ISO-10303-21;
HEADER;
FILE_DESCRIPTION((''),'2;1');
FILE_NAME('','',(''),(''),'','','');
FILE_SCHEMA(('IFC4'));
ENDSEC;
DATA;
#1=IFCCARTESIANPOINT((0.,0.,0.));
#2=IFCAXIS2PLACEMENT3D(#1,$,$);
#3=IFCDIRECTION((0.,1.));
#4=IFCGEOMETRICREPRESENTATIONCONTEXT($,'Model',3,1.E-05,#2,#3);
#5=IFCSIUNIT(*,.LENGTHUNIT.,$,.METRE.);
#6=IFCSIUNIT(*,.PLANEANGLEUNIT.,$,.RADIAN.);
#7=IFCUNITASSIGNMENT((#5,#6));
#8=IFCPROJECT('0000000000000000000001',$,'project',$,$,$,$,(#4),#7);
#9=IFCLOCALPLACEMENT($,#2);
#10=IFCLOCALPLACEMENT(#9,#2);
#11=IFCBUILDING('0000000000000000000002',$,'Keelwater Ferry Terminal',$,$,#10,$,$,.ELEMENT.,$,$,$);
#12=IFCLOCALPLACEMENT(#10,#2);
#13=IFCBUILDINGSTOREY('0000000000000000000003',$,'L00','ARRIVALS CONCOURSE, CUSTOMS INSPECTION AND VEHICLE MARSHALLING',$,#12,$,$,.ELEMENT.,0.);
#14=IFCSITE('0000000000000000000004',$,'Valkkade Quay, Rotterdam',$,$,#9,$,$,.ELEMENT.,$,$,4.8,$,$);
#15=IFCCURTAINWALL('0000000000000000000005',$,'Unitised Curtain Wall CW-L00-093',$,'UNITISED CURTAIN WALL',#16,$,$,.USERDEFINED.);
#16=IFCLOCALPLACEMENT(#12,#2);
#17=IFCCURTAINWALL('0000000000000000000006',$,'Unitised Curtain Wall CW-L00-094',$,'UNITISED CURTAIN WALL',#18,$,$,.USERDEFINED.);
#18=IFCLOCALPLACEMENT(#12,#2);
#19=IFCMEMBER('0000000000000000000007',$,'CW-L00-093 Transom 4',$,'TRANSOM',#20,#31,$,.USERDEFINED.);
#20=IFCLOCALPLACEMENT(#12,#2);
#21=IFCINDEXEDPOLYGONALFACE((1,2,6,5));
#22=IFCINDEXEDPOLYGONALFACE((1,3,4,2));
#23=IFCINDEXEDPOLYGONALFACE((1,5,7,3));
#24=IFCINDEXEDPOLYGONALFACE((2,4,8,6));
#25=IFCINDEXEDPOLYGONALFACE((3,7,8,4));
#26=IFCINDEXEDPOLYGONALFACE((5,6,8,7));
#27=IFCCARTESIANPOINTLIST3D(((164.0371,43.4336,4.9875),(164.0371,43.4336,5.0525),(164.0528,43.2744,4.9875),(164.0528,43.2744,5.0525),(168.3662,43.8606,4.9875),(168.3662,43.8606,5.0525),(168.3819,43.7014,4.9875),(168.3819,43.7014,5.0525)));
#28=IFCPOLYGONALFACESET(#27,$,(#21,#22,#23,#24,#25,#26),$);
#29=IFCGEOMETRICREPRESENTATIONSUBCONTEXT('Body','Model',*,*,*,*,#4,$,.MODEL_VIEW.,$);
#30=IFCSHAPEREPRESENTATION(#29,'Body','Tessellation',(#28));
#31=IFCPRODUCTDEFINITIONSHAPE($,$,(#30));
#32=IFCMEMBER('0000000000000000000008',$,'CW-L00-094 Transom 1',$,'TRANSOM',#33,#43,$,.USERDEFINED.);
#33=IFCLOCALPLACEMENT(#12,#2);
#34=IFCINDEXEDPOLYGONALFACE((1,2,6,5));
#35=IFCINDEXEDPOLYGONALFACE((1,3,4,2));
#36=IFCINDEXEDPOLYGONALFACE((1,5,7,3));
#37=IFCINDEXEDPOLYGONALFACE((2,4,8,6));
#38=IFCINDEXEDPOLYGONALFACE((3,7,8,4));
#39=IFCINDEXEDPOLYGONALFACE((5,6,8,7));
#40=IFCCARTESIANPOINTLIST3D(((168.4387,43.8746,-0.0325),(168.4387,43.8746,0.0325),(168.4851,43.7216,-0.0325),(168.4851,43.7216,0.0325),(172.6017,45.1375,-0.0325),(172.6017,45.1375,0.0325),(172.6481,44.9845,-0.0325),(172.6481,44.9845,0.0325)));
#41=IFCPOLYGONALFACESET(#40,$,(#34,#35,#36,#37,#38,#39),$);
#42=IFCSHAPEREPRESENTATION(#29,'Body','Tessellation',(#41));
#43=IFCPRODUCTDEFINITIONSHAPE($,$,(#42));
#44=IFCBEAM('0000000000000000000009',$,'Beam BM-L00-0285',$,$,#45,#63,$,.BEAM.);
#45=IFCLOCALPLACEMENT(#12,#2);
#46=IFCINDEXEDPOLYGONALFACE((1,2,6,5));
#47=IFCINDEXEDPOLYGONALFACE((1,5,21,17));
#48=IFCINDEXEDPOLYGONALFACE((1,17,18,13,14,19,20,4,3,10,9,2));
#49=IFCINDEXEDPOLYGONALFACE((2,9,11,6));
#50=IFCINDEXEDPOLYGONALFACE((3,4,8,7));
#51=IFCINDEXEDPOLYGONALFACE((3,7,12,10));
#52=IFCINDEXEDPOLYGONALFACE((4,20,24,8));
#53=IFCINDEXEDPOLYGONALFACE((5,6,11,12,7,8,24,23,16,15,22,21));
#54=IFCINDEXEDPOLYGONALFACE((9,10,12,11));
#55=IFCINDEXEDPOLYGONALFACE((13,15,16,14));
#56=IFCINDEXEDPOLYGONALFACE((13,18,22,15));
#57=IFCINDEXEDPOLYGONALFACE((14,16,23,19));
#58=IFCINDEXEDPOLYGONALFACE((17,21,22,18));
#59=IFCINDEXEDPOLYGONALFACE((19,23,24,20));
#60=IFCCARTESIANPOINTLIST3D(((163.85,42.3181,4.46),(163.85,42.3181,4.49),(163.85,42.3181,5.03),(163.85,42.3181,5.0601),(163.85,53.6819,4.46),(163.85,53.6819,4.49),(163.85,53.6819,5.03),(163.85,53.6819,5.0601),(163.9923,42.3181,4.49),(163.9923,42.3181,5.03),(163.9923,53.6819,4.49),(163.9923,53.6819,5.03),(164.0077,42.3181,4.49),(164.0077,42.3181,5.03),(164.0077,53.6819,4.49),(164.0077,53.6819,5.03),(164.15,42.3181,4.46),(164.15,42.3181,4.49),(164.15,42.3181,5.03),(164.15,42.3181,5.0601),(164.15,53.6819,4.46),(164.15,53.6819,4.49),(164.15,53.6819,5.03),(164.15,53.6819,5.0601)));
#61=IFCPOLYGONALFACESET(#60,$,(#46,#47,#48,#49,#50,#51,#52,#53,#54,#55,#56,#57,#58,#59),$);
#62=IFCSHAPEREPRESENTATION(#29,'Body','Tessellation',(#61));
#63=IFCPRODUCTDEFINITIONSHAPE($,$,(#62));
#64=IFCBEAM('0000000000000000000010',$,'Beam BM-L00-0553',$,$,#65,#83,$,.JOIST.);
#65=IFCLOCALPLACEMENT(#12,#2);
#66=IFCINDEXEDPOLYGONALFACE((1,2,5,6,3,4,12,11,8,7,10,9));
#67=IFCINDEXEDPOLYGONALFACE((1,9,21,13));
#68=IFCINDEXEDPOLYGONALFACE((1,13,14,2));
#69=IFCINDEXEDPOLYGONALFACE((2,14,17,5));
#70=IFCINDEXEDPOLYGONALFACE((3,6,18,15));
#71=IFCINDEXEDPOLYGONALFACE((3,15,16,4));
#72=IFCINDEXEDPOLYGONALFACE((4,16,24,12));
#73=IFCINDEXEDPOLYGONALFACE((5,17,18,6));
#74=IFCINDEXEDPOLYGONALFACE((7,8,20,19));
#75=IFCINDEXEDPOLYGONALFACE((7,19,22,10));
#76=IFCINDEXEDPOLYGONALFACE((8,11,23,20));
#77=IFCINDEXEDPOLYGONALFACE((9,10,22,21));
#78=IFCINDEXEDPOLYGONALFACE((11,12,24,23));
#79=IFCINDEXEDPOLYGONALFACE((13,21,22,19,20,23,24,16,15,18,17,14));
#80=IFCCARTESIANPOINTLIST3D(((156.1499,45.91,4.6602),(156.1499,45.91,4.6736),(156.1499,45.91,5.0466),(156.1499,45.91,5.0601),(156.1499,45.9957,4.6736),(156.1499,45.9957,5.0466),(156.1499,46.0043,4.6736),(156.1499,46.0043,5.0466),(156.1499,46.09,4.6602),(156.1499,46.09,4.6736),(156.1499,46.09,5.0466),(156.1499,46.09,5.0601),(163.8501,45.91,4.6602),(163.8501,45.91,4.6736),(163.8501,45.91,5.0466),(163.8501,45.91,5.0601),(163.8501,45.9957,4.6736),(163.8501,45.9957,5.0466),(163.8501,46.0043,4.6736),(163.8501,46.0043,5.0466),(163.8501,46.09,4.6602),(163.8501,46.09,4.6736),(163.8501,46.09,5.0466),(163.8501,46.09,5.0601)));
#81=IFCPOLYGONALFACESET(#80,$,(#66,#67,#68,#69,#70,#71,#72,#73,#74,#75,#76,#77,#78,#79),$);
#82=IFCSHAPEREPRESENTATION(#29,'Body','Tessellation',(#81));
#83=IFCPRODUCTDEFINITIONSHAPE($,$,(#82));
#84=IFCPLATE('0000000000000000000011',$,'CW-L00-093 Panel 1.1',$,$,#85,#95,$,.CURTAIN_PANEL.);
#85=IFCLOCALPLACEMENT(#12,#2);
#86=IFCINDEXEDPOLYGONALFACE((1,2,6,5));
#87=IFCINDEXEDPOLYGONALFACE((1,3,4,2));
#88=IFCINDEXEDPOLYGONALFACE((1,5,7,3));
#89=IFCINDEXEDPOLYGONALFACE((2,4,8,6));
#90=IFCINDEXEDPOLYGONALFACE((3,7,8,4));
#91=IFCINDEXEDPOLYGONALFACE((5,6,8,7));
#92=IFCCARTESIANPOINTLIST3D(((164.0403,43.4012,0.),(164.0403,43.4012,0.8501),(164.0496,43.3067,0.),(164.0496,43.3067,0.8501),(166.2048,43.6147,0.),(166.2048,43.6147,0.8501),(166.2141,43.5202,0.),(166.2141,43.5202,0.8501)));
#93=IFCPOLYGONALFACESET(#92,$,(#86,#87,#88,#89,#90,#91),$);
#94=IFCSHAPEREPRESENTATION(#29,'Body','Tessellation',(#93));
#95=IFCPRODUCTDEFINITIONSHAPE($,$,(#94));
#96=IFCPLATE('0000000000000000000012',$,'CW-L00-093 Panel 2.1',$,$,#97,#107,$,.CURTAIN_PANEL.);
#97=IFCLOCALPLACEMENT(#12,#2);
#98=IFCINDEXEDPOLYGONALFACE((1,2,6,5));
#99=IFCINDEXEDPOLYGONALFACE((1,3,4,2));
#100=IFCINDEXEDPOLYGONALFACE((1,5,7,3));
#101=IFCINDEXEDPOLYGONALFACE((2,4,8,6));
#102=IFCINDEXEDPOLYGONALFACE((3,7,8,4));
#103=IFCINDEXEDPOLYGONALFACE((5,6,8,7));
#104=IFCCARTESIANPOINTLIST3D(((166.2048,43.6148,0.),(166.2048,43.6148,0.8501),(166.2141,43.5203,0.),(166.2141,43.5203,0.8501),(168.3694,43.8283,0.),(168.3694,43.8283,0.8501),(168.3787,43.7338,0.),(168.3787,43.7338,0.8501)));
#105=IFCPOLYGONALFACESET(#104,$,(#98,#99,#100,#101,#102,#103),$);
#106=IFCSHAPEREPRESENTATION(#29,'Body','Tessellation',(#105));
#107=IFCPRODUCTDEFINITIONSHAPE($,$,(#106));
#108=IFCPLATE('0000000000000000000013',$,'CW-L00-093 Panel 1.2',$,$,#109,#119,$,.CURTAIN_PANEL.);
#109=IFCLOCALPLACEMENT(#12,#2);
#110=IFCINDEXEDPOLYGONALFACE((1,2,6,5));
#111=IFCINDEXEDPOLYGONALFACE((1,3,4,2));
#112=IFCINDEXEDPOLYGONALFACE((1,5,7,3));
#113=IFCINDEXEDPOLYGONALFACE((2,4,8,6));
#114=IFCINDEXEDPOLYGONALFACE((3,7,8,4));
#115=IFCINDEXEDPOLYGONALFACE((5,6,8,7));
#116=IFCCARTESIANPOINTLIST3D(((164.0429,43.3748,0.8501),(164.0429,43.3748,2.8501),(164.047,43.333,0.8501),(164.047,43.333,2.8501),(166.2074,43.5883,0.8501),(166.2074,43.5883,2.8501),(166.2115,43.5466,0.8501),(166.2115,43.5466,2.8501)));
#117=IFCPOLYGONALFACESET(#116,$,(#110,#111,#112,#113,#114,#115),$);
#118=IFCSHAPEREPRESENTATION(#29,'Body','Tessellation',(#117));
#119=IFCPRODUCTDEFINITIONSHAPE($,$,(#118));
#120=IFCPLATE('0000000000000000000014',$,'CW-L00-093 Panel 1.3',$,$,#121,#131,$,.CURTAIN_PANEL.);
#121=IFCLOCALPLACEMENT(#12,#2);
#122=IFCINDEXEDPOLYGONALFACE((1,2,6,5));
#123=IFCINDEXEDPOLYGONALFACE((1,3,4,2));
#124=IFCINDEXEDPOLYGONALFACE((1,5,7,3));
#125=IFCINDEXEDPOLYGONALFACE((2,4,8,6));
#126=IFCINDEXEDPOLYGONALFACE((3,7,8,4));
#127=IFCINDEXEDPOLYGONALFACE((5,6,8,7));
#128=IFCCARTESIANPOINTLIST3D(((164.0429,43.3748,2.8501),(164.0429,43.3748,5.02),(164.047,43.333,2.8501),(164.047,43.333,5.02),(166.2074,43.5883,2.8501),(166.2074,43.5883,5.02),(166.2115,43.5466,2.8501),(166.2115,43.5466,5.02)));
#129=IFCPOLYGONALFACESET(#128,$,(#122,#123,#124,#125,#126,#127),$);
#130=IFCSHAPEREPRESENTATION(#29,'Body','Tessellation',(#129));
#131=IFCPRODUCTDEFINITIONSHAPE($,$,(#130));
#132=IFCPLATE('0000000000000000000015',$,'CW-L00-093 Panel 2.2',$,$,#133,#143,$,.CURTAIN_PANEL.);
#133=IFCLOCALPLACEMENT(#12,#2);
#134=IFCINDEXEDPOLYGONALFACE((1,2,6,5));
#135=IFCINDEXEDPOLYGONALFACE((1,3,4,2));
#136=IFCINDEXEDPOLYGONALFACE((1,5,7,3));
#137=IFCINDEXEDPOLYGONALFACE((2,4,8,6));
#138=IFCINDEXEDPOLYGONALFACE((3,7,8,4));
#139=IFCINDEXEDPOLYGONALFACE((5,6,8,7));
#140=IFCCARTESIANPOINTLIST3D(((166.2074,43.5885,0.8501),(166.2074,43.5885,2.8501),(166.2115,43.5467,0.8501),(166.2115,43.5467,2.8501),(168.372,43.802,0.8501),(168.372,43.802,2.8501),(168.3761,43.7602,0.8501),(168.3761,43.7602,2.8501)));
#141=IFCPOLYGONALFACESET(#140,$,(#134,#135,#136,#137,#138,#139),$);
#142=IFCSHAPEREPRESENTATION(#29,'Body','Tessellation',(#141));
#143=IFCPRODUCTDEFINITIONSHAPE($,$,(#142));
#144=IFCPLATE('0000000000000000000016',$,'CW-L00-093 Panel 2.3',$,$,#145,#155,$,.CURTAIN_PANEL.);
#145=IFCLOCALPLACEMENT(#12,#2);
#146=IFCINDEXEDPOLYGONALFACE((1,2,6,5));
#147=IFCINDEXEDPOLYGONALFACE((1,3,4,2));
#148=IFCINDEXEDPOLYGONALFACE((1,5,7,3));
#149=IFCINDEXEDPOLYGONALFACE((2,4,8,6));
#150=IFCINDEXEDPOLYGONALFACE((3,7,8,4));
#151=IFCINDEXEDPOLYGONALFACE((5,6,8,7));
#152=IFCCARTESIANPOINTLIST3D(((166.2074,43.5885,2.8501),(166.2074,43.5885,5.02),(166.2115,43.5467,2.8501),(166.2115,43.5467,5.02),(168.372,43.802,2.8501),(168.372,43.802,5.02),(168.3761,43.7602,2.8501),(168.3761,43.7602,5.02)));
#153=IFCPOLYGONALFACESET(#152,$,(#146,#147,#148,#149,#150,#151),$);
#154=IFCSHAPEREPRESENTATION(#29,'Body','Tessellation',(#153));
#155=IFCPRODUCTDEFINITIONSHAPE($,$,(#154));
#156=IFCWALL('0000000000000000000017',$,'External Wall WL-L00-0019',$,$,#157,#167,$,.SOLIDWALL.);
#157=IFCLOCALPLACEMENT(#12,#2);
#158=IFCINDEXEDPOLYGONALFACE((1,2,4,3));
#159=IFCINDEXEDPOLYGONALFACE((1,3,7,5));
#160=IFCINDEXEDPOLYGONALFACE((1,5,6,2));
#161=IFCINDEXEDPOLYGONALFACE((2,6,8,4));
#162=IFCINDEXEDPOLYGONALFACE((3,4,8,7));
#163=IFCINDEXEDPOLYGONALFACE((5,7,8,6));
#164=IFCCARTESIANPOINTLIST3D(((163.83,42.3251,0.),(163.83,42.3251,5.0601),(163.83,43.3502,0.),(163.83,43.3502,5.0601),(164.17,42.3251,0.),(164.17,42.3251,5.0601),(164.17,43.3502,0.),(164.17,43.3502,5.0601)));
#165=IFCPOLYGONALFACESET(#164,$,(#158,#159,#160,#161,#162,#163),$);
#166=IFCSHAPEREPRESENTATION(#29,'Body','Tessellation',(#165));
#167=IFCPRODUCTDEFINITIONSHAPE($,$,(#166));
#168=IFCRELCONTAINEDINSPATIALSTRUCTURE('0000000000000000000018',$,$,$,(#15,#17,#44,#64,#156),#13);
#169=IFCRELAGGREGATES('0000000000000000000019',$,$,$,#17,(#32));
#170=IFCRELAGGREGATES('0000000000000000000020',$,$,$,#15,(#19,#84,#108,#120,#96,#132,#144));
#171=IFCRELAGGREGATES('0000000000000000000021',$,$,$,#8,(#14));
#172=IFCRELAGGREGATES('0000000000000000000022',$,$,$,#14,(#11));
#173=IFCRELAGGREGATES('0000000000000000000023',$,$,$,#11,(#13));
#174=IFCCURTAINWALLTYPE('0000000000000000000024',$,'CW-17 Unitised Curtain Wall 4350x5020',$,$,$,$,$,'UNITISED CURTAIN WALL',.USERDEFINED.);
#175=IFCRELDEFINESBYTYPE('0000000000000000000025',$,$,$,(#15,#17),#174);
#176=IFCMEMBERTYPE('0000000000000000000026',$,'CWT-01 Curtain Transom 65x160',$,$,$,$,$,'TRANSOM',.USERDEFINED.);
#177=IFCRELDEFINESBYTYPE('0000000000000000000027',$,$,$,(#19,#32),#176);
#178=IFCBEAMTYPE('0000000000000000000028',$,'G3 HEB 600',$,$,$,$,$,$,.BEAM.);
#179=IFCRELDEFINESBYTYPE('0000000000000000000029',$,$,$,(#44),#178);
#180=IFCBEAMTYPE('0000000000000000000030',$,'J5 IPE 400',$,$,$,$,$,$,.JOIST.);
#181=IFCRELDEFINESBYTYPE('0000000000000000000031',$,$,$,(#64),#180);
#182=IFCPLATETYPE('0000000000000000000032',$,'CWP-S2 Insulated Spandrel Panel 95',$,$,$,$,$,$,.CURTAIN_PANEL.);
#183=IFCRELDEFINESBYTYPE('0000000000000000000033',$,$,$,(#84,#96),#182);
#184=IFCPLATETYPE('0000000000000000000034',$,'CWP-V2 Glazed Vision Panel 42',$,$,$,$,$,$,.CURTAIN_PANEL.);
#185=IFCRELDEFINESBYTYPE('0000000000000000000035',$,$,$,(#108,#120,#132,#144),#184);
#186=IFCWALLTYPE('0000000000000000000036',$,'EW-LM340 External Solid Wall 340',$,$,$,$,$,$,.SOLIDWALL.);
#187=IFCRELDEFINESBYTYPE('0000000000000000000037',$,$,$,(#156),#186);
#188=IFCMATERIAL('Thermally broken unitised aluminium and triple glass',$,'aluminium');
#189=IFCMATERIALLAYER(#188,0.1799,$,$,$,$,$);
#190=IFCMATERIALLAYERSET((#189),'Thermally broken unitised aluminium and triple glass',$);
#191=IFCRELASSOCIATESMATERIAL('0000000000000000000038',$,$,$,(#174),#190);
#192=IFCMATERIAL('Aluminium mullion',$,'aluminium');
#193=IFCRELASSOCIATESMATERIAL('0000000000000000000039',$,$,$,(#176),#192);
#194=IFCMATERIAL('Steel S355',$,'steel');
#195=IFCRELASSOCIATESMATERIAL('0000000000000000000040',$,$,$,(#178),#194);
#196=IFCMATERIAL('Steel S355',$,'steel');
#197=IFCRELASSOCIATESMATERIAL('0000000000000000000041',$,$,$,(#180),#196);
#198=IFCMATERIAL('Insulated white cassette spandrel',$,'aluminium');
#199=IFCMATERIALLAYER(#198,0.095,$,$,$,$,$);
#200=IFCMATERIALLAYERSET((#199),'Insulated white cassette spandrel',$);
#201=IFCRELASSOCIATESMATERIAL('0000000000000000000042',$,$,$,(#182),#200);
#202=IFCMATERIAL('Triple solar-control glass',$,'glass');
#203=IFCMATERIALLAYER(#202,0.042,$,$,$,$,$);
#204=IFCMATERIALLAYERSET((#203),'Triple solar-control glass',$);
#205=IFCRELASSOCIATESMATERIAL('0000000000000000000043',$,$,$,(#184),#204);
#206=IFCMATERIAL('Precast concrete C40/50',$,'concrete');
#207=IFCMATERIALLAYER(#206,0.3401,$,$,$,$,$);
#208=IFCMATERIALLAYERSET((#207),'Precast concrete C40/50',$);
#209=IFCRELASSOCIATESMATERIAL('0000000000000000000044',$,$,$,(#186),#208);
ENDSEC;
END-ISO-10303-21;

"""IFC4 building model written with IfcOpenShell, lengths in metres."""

from ifc_helpers import new_model, si_unit, direction, frame, frame_2d, origin, origin_2d, place, context, subcontext, project, spatial, rectangle, i_section, extrude, material, layer, layer_set, material_profile, profile_set, type_object, element, aggregate, save


model = new_model("IFC4")

# Units and contexts
model_context = context("Model", 3, precision=1e-05, world=origin(), true_north=direction((0.0, 1.0)))
body_context = subcontext(model_context, "Body", "Model", "MODEL_VIEW")
ifc_project = project(units=[si_unit("LENGTHUNIT", "METRE"), si_unit("PLANEANGLEUNIT", "RADIAN")], contexts=[model_context])

# Site, building, storey
site_placement = place(None, origin())
site = spatial("IfcSite", under=ifc_project, at=site_placement, Name="Valkkade Quay, Rotterdam", CompositionType="ELEMENT", RefElevation=4.8)
building_placement = place(site_placement, origin())
building = spatial("IfcBuilding", under=site, at=building_placement, Name="Keelwater Ferry Terminal", CompositionType="ELEMENT")
storey_placement = place(building_placement, origin())
storey = spatial("IfcBuildingStorey", under=building, at=storey_placement, Name="L00", Description="ARRIVALS CONCOURSE, CUSTOMS INSPECTION AND VEHICLE MARSHALLING", CompositionType="ELEMENT", Elevation=0.0)

# Curtain wall
ifc_material_1 = material(Name="Thermally broken unitised aluminium and triple glass", Category="aluminium")
ifc_layer_1 = layer(ifc_material_1, 0.1799)
ifc_layer_set_1 = layer_set([ifc_layer_1], Name="Thermally broken unitised aluminium and triple glass")
curtain_wall_type = type_object("IfcCurtainWallType", Name="CW-17 Unitised Curtain Wall 4350x5020", ElementType="UNITISED CURTAIN WALL", PredefinedType="USERDEFINED", material=ifc_layer_set_1)
curtain_wall_1_placement = place(storey_placement, origin())
curtain_wall_1 = element("IfcCurtainWall", 1, at=curtain_wall_1_placement, inside=storey, type_object=curtain_wall_type, Name="Unitised Curtain Wall CW-L00-093", ObjectType="UNITISED CURTAIN WALL", PredefinedType="USERDEFINED")

# Curtain wall
curtain_wall_2_placement = place(storey_placement, origin())
curtain_wall_2 = element("IfcCurtainWall", 2, at=curtain_wall_2_placement, inside=storey, type_object=curtain_wall_type, Name="Unitised Curtain Wall CW-L00-094", ObjectType="UNITISED CURTAIN WALL", PredefinedType="USERDEFINED")

# Members
ifc_material_2 = material(Name="Aluminium mullion", Category="aluminium")
ifc_material_profile_1 = material_profile(ifc_material_2, rectangle(XDim=0.1599, YDim=0.0649, at=origin_2d()), Name="CWT-01")
ifc_profile_set_1 = profile_set([ifc_material_profile_1], Name="Aluminium mullion")
member_type_1 = type_object("IfcMemberType", Name="CWT-01 Curtain Transom 65x160", ElementType="TRANSOM", PredefinedType="USERDEFINED", material=ifc_profile_set_1)
member_1_placement = place(storey_placement, frame((164.0449, 43.354, 5.02), z_axis=(0.995171, 0.098159, 0.0), x_axis=(-0.098159, 0.995171, 0.0)))
member_1 = element("IfcMember", 3, at=member_1_placement, type_object=member_type_1, Name="CW-L00-093 Transom 4", ObjectType="TRANSOM", PredefinedType="USERDEFINED", context=body_context, shape_type="SweptSolid", body=[
    extrude(rectangle(XDim=0.1599, YDim=0.0649, at=origin_2d()), origin(), (0.0, 0.0, 1.0), 4.3501),
])
member_2_placement = place(storey_placement, frame((168.4619, 43.7981, 0.0), z_axis=(0.956935, 0.290302, 0.0), x_axis=(-0.290302, 0.956935, 0.0)))
member_2 = element("IfcMember", 4, at=member_2_placement, type_object=member_type_1, Name="CW-L00-094 Transom 1", ObjectType="TRANSOM", PredefinedType="USERDEFINED", context=body_context, shape_type="SweptSolid", body=[
    extrude(rectangle(XDim=0.1599, YDim=0.0649, at=origin_2d()), origin(), (0.0, 0.0, 1.0), 4.3503),
])
aggregate(curtain_wall_2, [member_2])

# Beams
ifc_material_3 = material(Name="Steel S355", Category="steel")
ifc_material_profile_2 = material_profile(ifc_material_3, i_section(OverallWidth=0.3, OverallDepth=0.6001, WebThickness=0.0154, FlangeThickness=0.03, at=origin_2d()), Name="HEB 600")
ifc_profile_set_2 = profile_set([ifc_material_profile_2], Name="Steel S355")
beam_type_1 = type_object("IfcBeamType", Name="G3 HEB 600", PredefinedType="BEAM", material=ifc_profile_set_2)
beam_1_placement = place(storey_placement, frame((164.0, 42.3181, 4.76), z_axis=(0.0, 1.0, 0.0), x_axis=(-1.0, 0.0, 0.0)))
element("IfcBeam", 5, at=beam_1_placement, inside=storey, type_object=beam_type_1, Name="Beam BM-L00-0285", PredefinedType="BEAM", context=body_context, shape_type="SweptSolid", body=[
    extrude(i_section(OverallWidth=0.3, OverallDepth=0.6001, WebThickness=0.0154, FlangeThickness=0.03, at=origin_2d()), origin(), (0.0, 0.0, 1.0), 11.3638),
])
ifc_material_4 = material(Name="Steel S355", Category="steel")
ifc_material_profile_3 = material_profile(ifc_material_4, i_section(OverallWidth=0.1799, OverallDepth=0.3999, WebThickness=0.0085, FlangeThickness=0.0134, at=origin_2d()), Name="IPE 400")
ifc_profile_set_3 = profile_set([ifc_material_profile_3], Name="Steel S355")
beam_type_2 = type_object("IfcBeamType", Name="J5 IPE 400", PredefinedType="JOIST", material=ifc_profile_set_3)
beam_2_placement = place(storey_placement, frame((156.1499, 46.0, 4.8601), z_axis=(1.0, 0.0, 0.0), x_axis=(0.0, 1.0, 0.0)))
element("IfcBeam", 6, at=beam_2_placement, inside=storey, type_object=beam_type_2, Name="Beam BM-L00-0553", PredefinedType="JOIST", context=body_context, shape_type="SweptSolid", body=[
    extrude(i_section(OverallWidth=0.1799, OverallDepth=0.3999, WebThickness=0.0085, FlangeThickness=0.0134, at=origin_2d()), origin(), (0.0, 0.0, 1.0), 7.7002),
])

# Plates
ifc_material_5 = material(Name="Insulated white cassette spandrel", Category="aluminium")
ifc_layer_2 = layer(ifc_material_5, 0.095)
ifc_layer_set_2 = layer_set([ifc_layer_2], Name="Insulated white cassette spandrel")
plate_type_1 = type_object("IfcPlateType", Name="CWP-S2 Insulated Spandrel Panel 95", PredefinedType="CURTAIN_PANEL", material=ifc_layer_set_2)
plate_1_placement = place(storey_placement, frame((165.1272, 43.4607, 0.0), z_axis=(0.0, 0.0, 1.0), x_axis=(0.995171, 0.098161, 0.0)))
plate_1 = element("IfcPlate", 7, at=plate_1_placement, type_object=plate_type_1, Name="CW-L00-093 Panel 1.1", PredefinedType="CURTAIN_PANEL", context=body_context, shape_type="SweptSolid", body=[
    extrude(rectangle(XDim=2.175, YDim=0.095, at=origin_2d()), origin(), (0.0, 0.0, 1.0), 0.8501),
])
plate_2_placement = place(storey_placement, frame((167.2917, 43.6743, 0.0), z_axis=(0.0, 0.0, 1.0), x_axis=(0.995171, 0.098161, 0.0)))
plate_2 = element("IfcPlate", 8, at=plate_2_placement, type_object=plate_type_1, Name="CW-L00-093 Panel 2.1", PredefinedType="CURTAIN_PANEL", context=body_context, shape_type="SweptSolid", body=[
    extrude(rectangle(XDim=2.175, YDim=0.095, at=origin_2d()), origin(), (0.0, 0.0, 1.0), 0.8501),
])
ifc_material_6 = material(Name="Triple solar-control glass", Category="glass")
ifc_layer_3 = layer(ifc_material_6, 0.042)
ifc_layer_set_3 = layer_set([ifc_layer_3], Name="Triple solar-control glass")
plate_type_2 = type_object("IfcPlateType", Name="CWP-V2 Glazed Vision Panel 42", PredefinedType="CURTAIN_PANEL", material=ifc_layer_set_3)
plate_3_placement = place(storey_placement, frame((165.1272, 43.4607, 0.8501), z_axis=(0.0, 0.0, 1.0), x_axis=(0.995171, 0.098161, 0.0)))
plate_3 = element("IfcPlate", 9, at=plate_3_placement, type_object=plate_type_2, Name="CW-L00-093 Panel 1.2", PredefinedType="CURTAIN_PANEL", context=body_context, shape_type="SweptSolid", body=[
    extrude(rectangle(XDim=2.175, YDim=0.042, at=origin_2d()), origin(), (0.0, 0.0, 1.0), 2.0),
])
plate_4_placement = place(storey_placement, frame((165.1272, 43.4607, 2.8501), z_axis=(0.0, 0.0, 1.0), x_axis=(0.995171, 0.098161, 0.0)))
plate_4 = element("IfcPlate", 10, at=plate_4_placement, type_object=plate_type_2, Name="CW-L00-093 Panel 1.3", PredefinedType="CURTAIN_PANEL", context=body_context, shape_type="SweptSolid", body=[
    extrude(rectangle(XDim=2.175, YDim=0.042, at=origin_2d()), origin(), (0.0, 0.0, 1.0), 2.1699),
])
plate_5_placement = place(storey_placement, frame((167.2917, 43.6743, 0.8501), z_axis=(0.0, 0.0, 1.0), x_axis=(0.995171, 0.098161, 0.0)))
plate_5 = element("IfcPlate", 11, at=plate_5_placement, type_object=plate_type_2, Name="CW-L00-093 Panel 2.2", PredefinedType="CURTAIN_PANEL", context=body_context, shape_type="SweptSolid", body=[
    extrude(rectangle(XDim=2.175, YDim=0.042, at=origin_2d()), origin(), (0.0, 0.0, 1.0), 2.0),
])
plate_6_placement = place(storey_placement, frame((167.2917, 43.6743, 2.8501), z_axis=(0.0, 0.0, 1.0), x_axis=(0.995171, 0.098161, 0.0)))
plate_6 = element("IfcPlate", 12, at=plate_6_placement, type_object=plate_type_2, Name="CW-L00-093 Panel 2.3", PredefinedType="CURTAIN_PANEL", context=body_context, shape_type="SweptSolid", body=[
    extrude(rectangle(XDim=2.175, YDim=0.042, at=origin_2d()), origin(), (0.0, 0.0, 1.0), 2.1699),
])
aggregate(curtain_wall_1, [member_1, plate_1, plate_3, plate_4, plate_2, plate_5, plate_6])

# Wall
ifc_material_7 = material(Name="Precast concrete C40/50", Category="concrete")
ifc_layer_4 = layer(ifc_material_7, 0.3401)
ifc_layer_set_4 = layer_set([ifc_layer_4], Name="Precast concrete C40/50")
wall_type = type_object("IfcWallType", Name="EW-LM340 External Solid Wall 340", PredefinedType="SOLIDWALL", material=ifc_layer_set_4)
wall_placement = place(storey_placement, frame((164.0, 42.325, 0.0), z_axis=(0.0, 0.0, 1.0), x_axis=(0.0, 1.0, 0.0)))
element("IfcWall", 13, at=wall_placement, inside=storey, type_object=wall_type, Name="External Wall WL-L00-0019", PredefinedType="SOLIDWALL", context=body_context, shape_type="SweptSolid", body=[
    extrude(rectangle(XDim=1.0251, YDim=0.3401, at=frame_2d((0.5127, 0.0))), origin(), (0.0, 0.0, 1.0), 5.0601),
])

save(model, "model.ifc")
